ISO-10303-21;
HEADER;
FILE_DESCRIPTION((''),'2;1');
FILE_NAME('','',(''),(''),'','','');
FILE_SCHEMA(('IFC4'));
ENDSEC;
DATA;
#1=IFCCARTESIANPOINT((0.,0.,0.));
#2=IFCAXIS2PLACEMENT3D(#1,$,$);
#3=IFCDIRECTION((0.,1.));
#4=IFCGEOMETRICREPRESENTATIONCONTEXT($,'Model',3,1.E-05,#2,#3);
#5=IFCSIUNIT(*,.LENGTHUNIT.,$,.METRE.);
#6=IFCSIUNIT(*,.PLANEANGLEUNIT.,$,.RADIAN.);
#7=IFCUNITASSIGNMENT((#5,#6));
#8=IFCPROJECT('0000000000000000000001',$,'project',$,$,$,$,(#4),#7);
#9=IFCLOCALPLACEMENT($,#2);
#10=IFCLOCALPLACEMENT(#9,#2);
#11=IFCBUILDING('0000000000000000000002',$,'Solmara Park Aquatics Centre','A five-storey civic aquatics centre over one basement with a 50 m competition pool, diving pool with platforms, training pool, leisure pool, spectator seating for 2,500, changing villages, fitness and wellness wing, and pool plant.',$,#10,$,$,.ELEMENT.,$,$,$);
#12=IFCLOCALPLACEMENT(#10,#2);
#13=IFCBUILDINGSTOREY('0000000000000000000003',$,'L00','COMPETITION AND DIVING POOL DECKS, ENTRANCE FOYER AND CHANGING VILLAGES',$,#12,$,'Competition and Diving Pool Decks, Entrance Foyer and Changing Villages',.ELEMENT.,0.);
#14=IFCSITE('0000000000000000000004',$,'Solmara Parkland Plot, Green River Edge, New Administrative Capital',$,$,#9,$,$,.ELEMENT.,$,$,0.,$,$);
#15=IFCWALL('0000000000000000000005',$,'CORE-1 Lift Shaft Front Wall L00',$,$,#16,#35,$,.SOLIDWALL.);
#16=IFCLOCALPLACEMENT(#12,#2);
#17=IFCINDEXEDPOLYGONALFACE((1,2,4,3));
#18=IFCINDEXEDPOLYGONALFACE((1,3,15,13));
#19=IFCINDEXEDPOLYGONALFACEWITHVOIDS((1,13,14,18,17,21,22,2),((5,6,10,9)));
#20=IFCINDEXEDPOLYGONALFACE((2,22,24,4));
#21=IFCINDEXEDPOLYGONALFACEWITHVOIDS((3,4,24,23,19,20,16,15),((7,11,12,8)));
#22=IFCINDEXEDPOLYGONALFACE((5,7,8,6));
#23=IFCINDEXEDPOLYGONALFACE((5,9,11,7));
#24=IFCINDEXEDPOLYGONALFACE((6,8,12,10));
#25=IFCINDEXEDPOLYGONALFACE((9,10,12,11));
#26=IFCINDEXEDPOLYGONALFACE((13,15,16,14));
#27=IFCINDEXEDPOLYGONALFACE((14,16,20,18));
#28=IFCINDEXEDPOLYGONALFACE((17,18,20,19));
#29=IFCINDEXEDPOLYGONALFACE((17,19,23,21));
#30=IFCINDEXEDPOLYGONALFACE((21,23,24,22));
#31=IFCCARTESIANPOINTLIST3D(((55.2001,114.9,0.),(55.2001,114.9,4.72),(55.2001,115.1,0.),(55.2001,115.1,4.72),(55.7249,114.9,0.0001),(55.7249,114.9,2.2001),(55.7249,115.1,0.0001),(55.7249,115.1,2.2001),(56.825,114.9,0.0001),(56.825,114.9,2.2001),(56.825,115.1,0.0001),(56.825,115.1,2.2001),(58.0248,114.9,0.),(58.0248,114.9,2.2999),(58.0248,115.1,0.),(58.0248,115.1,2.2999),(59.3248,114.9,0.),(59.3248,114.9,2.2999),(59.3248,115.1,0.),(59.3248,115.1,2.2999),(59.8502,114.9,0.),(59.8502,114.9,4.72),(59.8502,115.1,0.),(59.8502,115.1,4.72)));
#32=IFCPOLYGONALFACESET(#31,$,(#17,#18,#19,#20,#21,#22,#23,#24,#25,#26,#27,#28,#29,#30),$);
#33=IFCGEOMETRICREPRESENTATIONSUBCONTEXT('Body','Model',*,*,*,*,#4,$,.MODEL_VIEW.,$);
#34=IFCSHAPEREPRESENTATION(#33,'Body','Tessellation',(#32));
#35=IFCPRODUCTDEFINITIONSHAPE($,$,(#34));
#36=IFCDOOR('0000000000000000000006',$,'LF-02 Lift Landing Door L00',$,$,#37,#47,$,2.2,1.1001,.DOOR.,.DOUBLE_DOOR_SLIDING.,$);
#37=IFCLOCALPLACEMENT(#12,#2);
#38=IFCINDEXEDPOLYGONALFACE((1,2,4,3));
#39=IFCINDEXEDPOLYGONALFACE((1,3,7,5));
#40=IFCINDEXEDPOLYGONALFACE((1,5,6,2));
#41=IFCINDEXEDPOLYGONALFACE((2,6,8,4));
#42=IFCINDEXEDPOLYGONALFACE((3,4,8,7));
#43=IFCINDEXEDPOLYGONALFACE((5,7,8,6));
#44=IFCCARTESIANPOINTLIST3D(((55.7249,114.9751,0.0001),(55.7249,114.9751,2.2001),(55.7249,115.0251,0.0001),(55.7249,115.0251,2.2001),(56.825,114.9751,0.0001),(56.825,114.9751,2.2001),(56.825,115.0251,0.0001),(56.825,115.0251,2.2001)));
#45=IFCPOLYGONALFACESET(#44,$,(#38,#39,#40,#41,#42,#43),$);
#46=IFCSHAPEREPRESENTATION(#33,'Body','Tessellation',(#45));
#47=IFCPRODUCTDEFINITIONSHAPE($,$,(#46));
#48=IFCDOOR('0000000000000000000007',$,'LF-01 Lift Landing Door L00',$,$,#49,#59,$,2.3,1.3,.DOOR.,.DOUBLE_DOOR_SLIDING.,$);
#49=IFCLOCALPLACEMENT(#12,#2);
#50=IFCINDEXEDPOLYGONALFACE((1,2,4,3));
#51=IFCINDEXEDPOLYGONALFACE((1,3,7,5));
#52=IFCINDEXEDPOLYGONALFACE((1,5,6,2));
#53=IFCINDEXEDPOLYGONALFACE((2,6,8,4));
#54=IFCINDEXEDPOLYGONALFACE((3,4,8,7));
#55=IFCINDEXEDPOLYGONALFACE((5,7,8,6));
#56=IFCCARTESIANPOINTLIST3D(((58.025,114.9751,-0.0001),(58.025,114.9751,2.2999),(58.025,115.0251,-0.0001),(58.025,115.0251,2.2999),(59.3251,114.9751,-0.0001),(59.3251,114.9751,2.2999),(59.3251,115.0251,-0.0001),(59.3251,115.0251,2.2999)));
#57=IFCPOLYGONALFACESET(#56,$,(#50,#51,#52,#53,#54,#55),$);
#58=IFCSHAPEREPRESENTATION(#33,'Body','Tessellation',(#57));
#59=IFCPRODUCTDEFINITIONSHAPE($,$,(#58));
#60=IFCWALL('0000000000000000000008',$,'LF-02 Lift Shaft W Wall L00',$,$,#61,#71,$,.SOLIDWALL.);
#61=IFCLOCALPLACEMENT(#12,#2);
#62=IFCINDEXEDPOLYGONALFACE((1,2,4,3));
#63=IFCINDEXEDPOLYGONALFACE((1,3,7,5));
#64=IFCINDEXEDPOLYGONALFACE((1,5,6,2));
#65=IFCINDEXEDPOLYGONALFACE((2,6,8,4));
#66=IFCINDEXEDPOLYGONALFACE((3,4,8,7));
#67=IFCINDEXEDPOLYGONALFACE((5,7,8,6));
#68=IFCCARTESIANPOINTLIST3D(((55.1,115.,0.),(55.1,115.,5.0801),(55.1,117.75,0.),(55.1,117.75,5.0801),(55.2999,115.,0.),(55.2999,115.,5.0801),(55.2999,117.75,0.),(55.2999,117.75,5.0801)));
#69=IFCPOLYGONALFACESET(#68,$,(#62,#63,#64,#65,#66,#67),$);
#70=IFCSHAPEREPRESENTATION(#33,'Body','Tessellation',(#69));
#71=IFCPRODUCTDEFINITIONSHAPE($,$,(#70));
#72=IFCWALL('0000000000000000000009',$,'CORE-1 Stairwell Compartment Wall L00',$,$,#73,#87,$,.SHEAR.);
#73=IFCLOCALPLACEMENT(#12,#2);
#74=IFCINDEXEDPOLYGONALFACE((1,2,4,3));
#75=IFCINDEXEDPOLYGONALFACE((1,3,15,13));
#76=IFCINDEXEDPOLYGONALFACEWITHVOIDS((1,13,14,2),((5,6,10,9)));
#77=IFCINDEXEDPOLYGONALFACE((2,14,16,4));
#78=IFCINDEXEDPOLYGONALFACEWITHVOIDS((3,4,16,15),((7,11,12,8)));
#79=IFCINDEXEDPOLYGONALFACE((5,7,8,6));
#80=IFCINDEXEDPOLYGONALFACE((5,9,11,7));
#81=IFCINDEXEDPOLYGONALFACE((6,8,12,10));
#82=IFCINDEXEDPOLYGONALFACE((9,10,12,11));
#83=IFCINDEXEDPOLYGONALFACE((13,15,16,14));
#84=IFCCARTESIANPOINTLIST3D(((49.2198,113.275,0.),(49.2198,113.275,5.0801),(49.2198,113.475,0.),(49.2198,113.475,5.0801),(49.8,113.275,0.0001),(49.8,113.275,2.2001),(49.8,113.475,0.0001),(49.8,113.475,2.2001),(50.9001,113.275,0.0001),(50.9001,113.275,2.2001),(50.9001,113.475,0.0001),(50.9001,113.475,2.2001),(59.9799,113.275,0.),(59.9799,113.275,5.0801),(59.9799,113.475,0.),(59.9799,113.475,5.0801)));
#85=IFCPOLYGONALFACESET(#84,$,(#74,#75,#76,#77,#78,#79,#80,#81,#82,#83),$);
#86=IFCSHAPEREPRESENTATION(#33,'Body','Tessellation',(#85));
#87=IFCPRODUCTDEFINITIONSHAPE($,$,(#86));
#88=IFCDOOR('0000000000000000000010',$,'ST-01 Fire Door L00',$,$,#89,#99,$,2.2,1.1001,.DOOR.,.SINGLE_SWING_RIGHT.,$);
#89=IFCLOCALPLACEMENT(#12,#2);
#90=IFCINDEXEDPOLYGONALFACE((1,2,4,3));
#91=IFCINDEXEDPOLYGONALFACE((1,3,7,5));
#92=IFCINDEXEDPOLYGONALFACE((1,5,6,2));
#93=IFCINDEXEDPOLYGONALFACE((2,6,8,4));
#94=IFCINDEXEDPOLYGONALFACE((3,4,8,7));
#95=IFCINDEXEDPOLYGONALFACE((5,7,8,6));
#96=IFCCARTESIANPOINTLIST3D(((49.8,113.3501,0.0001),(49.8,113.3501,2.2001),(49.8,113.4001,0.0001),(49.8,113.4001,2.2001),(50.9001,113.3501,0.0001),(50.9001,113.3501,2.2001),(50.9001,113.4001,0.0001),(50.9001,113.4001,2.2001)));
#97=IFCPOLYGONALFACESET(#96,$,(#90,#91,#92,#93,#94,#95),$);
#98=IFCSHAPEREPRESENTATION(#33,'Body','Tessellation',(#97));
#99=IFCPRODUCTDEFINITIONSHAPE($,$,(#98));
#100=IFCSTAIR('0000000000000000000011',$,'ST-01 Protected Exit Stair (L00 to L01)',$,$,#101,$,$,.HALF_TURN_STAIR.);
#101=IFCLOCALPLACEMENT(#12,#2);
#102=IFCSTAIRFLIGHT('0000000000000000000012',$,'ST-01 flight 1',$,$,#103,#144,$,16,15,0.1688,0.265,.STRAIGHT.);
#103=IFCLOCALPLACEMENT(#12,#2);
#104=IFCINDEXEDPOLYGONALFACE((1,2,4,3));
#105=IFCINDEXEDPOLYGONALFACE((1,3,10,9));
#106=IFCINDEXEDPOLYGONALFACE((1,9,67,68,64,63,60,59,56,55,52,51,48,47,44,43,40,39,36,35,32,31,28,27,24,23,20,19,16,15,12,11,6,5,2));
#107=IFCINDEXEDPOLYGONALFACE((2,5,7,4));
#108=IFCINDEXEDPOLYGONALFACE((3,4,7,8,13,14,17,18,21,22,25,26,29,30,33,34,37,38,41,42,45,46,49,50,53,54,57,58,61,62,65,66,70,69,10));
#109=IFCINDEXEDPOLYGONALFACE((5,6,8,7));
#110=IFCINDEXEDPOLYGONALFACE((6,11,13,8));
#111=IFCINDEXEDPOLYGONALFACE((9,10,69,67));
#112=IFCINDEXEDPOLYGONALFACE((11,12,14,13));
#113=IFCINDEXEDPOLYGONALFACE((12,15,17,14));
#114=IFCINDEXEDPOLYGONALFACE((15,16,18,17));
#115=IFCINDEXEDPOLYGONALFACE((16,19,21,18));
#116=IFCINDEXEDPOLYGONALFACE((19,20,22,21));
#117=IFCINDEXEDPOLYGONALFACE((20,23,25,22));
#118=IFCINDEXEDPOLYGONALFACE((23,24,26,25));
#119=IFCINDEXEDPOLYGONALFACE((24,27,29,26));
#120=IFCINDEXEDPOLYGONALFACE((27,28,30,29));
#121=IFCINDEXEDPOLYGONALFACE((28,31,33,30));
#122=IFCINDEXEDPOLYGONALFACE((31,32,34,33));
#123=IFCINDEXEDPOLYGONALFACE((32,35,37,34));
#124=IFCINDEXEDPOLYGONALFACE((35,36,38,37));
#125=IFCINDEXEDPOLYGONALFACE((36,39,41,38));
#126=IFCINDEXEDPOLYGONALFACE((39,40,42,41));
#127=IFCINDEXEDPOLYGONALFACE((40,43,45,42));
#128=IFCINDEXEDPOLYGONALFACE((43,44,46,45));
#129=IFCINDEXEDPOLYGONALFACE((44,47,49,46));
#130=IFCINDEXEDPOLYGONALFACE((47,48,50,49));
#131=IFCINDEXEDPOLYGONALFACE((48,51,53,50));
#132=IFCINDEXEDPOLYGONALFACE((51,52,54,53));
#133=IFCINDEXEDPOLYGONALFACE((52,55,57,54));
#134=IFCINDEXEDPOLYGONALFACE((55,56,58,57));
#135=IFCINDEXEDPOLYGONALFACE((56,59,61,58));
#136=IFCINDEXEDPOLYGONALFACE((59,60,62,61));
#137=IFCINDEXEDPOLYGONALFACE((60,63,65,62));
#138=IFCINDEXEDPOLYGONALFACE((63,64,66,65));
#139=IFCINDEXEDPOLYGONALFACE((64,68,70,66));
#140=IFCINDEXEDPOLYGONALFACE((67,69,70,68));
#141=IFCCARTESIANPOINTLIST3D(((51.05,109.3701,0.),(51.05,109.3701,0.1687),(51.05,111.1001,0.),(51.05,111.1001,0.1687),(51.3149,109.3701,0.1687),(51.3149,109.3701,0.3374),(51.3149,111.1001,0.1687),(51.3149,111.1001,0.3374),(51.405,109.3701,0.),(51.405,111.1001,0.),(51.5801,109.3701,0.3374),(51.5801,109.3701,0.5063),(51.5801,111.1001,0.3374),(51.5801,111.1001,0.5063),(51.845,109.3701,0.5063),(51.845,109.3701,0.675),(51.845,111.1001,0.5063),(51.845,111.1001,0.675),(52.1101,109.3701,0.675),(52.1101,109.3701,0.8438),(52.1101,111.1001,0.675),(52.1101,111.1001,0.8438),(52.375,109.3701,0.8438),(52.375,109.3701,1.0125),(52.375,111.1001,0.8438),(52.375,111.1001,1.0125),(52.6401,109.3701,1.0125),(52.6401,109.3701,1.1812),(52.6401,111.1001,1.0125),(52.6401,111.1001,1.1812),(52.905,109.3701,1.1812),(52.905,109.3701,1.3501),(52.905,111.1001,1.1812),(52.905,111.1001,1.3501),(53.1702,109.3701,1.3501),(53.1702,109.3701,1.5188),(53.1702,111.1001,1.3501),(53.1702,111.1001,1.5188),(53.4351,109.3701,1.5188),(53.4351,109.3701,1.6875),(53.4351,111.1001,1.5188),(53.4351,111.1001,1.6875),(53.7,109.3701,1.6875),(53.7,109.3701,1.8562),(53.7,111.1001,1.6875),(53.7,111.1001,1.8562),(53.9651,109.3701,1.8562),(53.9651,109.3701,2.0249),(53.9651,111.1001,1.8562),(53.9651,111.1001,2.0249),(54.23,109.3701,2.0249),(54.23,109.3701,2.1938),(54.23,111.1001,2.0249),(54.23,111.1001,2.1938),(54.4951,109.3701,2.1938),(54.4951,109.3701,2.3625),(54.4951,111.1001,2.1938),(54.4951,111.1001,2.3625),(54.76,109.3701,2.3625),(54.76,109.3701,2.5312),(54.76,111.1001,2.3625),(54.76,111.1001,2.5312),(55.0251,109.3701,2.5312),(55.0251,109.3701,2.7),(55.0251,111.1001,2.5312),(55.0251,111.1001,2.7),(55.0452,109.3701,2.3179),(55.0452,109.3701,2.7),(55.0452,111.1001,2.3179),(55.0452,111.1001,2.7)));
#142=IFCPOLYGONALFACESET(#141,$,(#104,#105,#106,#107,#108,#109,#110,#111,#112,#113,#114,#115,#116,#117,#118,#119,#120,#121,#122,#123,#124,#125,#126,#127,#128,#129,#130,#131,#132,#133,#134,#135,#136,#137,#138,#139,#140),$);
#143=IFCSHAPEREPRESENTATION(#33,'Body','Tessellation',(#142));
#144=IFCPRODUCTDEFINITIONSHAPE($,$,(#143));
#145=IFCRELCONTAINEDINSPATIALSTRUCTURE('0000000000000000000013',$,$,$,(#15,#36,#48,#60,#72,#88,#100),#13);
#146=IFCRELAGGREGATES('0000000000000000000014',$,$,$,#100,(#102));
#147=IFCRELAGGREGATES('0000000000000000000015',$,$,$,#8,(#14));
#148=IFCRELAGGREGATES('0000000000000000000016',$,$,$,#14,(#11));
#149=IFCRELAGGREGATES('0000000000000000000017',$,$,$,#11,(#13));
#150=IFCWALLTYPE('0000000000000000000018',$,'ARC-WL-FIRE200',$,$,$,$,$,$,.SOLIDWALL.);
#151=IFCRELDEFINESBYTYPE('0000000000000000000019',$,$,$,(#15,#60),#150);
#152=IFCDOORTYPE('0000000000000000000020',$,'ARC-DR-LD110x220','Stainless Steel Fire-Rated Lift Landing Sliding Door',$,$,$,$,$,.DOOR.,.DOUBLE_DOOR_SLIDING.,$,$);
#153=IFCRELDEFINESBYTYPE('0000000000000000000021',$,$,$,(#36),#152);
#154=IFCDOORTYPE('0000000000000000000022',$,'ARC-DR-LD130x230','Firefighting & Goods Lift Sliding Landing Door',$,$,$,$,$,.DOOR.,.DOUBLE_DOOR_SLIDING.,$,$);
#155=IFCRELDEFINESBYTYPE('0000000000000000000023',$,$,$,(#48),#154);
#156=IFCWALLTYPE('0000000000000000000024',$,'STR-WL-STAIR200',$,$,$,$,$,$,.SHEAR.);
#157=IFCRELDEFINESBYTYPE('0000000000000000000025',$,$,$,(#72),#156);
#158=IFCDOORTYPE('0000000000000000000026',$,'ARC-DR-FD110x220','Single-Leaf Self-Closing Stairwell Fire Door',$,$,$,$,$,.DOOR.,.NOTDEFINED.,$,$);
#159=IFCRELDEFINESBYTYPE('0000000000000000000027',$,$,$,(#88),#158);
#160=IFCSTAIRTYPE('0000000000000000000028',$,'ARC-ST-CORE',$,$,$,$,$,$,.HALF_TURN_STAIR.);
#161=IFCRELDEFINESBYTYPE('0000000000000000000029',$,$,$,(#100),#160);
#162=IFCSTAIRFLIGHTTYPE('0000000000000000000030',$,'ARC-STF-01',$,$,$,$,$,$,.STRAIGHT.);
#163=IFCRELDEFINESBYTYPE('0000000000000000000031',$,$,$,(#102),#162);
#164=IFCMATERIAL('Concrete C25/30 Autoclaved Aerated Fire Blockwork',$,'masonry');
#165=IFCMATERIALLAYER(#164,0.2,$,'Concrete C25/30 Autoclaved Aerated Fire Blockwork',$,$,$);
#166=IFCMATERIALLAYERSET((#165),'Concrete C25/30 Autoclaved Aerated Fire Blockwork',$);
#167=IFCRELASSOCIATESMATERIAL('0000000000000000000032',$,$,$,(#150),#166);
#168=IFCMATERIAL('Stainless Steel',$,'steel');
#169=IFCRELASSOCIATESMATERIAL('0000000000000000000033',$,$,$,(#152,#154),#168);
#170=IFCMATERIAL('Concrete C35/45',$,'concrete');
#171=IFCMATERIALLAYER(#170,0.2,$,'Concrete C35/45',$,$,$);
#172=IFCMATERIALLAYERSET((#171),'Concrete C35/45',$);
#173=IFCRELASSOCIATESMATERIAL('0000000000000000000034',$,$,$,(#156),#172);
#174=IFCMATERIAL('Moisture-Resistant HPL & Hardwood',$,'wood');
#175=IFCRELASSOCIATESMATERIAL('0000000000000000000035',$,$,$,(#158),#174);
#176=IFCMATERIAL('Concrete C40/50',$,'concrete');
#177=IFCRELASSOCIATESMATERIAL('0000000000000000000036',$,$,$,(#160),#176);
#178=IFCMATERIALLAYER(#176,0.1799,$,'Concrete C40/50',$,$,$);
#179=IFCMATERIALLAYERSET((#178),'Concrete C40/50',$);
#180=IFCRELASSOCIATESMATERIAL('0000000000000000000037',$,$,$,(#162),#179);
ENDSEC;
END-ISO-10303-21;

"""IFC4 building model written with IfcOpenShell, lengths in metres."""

from ifc_helpers import new_model, si_unit, direction, frame, frame_2d, origin, place, context, subcontext, project, spatial, polyline, rectangle, outline, extrude, material, layer, layer_set, type_object, element, fill, aggregate, save


model = new_model("IFC4")

# Units and contexts
model_context = context("Model", 3, precision=1e-05, world=origin(), true_north=direction((0.0, 1.0)))
body_context = subcontext(model_context, "Body", "Model", "MODEL_VIEW")
ifc_project = project(units=[si_unit("LENGTHUNIT", "METRE"), si_unit("PLANEANGLEUNIT", "RADIAN")], contexts=[model_context])

# Site, building, storey
site_placement = place(None, origin())
site = spatial("IfcSite", under=ifc_project, at=site_placement, Name="Solmara Parkland Plot, Green River Edge, New Administrative Capital", CompositionType="ELEMENT", RefElevation=0.0)
building_placement = place(site_placement, origin())
building = spatial("IfcBuilding", under=site, at=building_placement, Name="Solmara Park Aquatics Centre", Description="A five-storey civic aquatics centre over one basement with a 50 m competition pool, diving pool with platforms, training pool, leisure pool, spectator seating for 2,500, changing villages, fitness and wellness wing, and pool plant.", CompositionType="ELEMENT")
storey_placement = place(building_placement, origin())
storey = spatial("IfcBuildingStorey", under=building, at=storey_placement, Name="L00", Description="COMPETITION AND DIVING POOL DECKS, ENTRANCE FOYER AND CHANGING VILLAGES", LongName="Competition and Diving Pool Decks, Entrance Foyer and Changing Villages", CompositionType="ELEMENT", Elevation=0.0)

# Shared definitions
ifc_material_1 = material(Name="Concrete C40/50", Category="concrete")

# Shared definitions
ifc_material_2 = material(Name="Moisture-Resistant HPL & Hardwood", Category="wood")

# Wall, openings, doors
ifc_material_3 = material(Name="Concrete C25/30 Autoclaved Aerated Fire Blockwork", Category="masonry")
ifc_layer_1 = layer(ifc_material_3, 0.2, Name="Concrete C25/30 Autoclaved Aerated Fire Blockwork")
ifc_layer_set_1 = layer_set([ifc_layer_1], Name="Concrete C25/30 Autoclaved Aerated Fire Blockwork")
wall_type_1 = type_object("IfcWallType", Name="ARC-WL-FIRE200", PredefinedType="SOLIDWALL", material=ifc_layer_set_1)
wall_1_placement = place(storey_placement, frame((55.2, 115.0, 0.0), z_axis=(0.0, 0.0, 1.0), x_axis=(1.0, 0.0, 0.0)))
wall_1 = element("IfcWall", 1, at=wall_1_placement, inside=storey, type_object=wall_type_1, Name="CORE-1 Lift Shaft Front Wall L00", PredefinedType="SOLIDWALL", context=body_context, shape_type="SweptSolid", body=[
    extrude(rectangle(XDim=4.6501, YDim=0.2, at=frame_2d((2.3252, 0.0))), origin(), (0.0, 0.0, 1.0), 4.72),
])
opening_1_placement = place(wall_1_placement, frame((2.825, 0.0, 0.0)))
opening_1 = element("IfcOpeningElement", 2, at=opening_1_placement, cuts=wall_1, PredefinedType="OPENING", context=body_context, shape_type="SweptSolid", body=[
    extrude(rectangle(XDim=1.3, YDim=2.3, at=frame_2d((0.6499, 1.1499))), frame((0.0, 0.1099, 0.0), z_axis=(0.0, -1.0, 0.0), x_axis=(1.0, 0.0, 0.0)), (0.0, 0.0, 1.0), 0.22),
])
opening_2_placement = place(wall_1_placement, frame((0.5249, 0.0, 0.0)))
opening_2 = element("IfcOpeningElement", 3, at=opening_2_placement, cuts=wall_1, PredefinedType="OPENING", context=body_context, shape_type="SweptSolid", body=[
    extrude(rectangle(XDim=1.1001, YDim=2.2, at=frame_2d((0.55, 1.1001))), frame((0.0, 0.1099, 0.0), z_axis=(0.0, -1.0, 0.0), x_axis=(1.0, 0.0, 0.0)), (0.0, 0.0, 1.0), 0.22),
])
ifc_material_4 = material(Name="Stainless Steel", Category="steel")
door_type_1 = type_object("IfcDoorType", Name="ARC-DR-LD110x220", Description="Stainless Steel Fire-Rated Lift Landing Sliding Door", OperationType="DOUBLE_DOOR_SLIDING", PredefinedType="DOOR", material=ifc_material_4)
door_1_placement = place(opening_2_placement, frame((1.1001, 0.0, 0.0), z_axis=(0.0, 0.0, 1.0), x_axis=(-1.0, 0.0, 0.0)))
door_1 = element("IfcDoor", 4, at=door_1_placement, inside=storey, type_object=door_type_1, Name="LF-02 Lift Landing Door L00", OperationType="DOUBLE_DOOR_SLIDING", OverallHeight=2.2, OverallWidth=1.1001, PredefinedType="DOOR", context=body_context, shape_type="SweptSolid", body=[
    extrude(rectangle(XDim=1.1001, YDim=2.2, at=frame_2d((0.55, 1.1001))), frame((0.0, 0.0249, 0.0), z_axis=(0.0, -1.0, 0.0), x_axis=(1.0, 0.0, 0.0)), (0.0, 0.0, 1.0), 0.05),
])
fill(opening_2, door_1)
door_type_2 = type_object("IfcDoorType", Name="ARC-DR-LD130x230", Description="Firefighting & Goods Lift Sliding Landing Door", OperationType="DOUBLE_DOOR_SLIDING", PredefinedType="DOOR", material=ifc_material_4)
door_2_placement = place(opening_1_placement, frame((1.3, 0.0, 0.0), z_axis=(0.0, 0.0, 1.0), x_axis=(-1.0, 0.0, 0.0)))
door_2 = element("IfcDoor", 5, at=door_2_placement, inside=storey, type_object=door_type_2, Name="LF-01 Lift Landing Door L00", OperationType="DOUBLE_DOOR_SLIDING", OverallHeight=2.3, OverallWidth=1.3, PredefinedType="DOOR", context=body_context, shape_type="SweptSolid", body=[
    extrude(rectangle(XDim=1.3, YDim=2.3, at=frame_2d((0.6499, 1.1499))), frame((0.0, 0.0249, 0.0), z_axis=(0.0, -1.0, 0.0), x_axis=(1.0, 0.0, 0.0)), (0.0, 0.0, 1.0), 0.05),
])
fill(opening_1, door_2)

# Wall
wall_2_placement = place(storey_placement, frame((55.2, 115.0, 0.0), z_axis=(0.0, 0.0, 1.0), x_axis=(0.0, 1.0, 0.0)))
element("IfcWall", 6, at=wall_2_placement, inside=storey, type_object=wall_type_1, Name="LF-02 Lift Shaft W Wall L00", PredefinedType="SOLIDWALL", context=body_context, shape_type="SweptSolid", body=[
    extrude(rectangle(XDim=2.75, YDim=0.2, at=frame_2d((1.375, 0.0))), origin(), (0.0, 0.0, 1.0), 5.0801),
])

# Wall, opening, door
ifc_material_5 = material(Name="Concrete C35/45", Category="concrete")
ifc_layer_2 = layer(ifc_material_5, 0.2, Name="Concrete C35/45")
ifc_layer_set_2 = layer_set([ifc_layer_2], Name="Concrete C35/45")
wall_type_2 = type_object("IfcWallType", Name="STR-WL-STAIR200", PredefinedType="SHEAR", material=ifc_layer_set_2)
wall_3_placement = place(storey_placement, frame((49.22, 113.375, 0.0), z_axis=(0.0, 0.0, 1.0), x_axis=(1.0, 0.0, 0.0)))
wall_3 = element("IfcWall", 7, at=wall_3_placement, inside=storey, type_object=wall_type_2, Name="CORE-1 Stairwell Compartment Wall L00", PredefinedType="SHEAR", context=body_context, shape_type="SweptSolid", body=[
    extrude(rectangle(XDim=10.76, YDim=0.2, at=frame_2d((5.3799, 0.0))), origin(), (0.0, 0.0, 1.0), 5.0801),
])
opening_3_placement = place(wall_3_placement, frame((0.5801, 0.0, 0.0)))
opening_3 = element("IfcOpeningElement", 8, at=opening_3_placement, cuts=wall_3, PredefinedType="OPENING", context=body_context, shape_type="SweptSolid", body=[
    extrude(rectangle(XDim=1.1001, YDim=2.2, at=frame_2d((0.55, 1.1001))), frame((0.0, 0.1099, 0.0), z_axis=(0.0, -1.0, 0.0), x_axis=(1.0, 0.0, 0.0)), (0.0, 0.0, 1.0), 0.22),
])
door_type_3 = type_object("IfcDoorType", Name="ARC-DR-FD110x220", Description="Single-Leaf Self-Closing Stairwell Fire Door", OperationType="NOTDEFINED", PredefinedType="DOOR", material=ifc_material_2)
door_3_placement = place(opening_3_placement, frame((1.1001, 0.0, 0.0), z_axis=(0.0, 0.0, 1.0), x_axis=(-1.0, 0.0, 0.0)))
door_3 = element("IfcDoor", 9, at=door_3_placement, inside=storey, type_object=door_type_3, Name="ST-01 Fire Door L00", OperationType="SINGLE_SWING_RIGHT", OverallHeight=2.2, OverallWidth=1.1001, PredefinedType="DOOR", context=body_context, shape_type="SweptSolid", body=[
    extrude(rectangle(XDim=1.1001, YDim=2.2, at=frame_2d((0.55, 1.1001))), frame((0.0, 0.0249, 0.0), z_axis=(0.0, -1.0, 0.0), x_axis=(1.0, 0.0, 0.0)), (0.0, 0.0, 1.0), 0.05),
])
fill(opening_3, door_3)

# Stair, stair flight
stair_type = type_object("IfcStairType", Name="ARC-ST-CORE", PredefinedType="HALF_TURN_STAIR", material=ifc_material_1)
stair_placement = place(storey_placement, origin())
stair = element("IfcStair", 10, at=stair_placement, inside=storey, type_object=stair_type, Name="ST-01 Protected Exit Stair (L00 to L01)", PredefinedType="HALF_TURN_STAIR")
ifc_layer_3 = layer(ifc_material_1, 0.1799, Name="Concrete C40/50")
ifc_layer_set_3 = layer_set([ifc_layer_3], Name="Concrete C40/50")
stair_flight_type = type_object("IfcStairFlightType", Name="ARC-STF-01", PredefinedType="STRAIGHT", material=ifc_layer_set_3)
stair_flight_1_placement = place(storey_placement, frame((51.05, 110.2351, 0.0), z_axis=(0.0, 0.0, 1.0), x_axis=(1.0, 0.0, 0.0)))
stair_flight_1 = element("IfcStairFlight", 11, at=stair_flight_1_placement, type_object=stair_flight_type, Name="ST-01 flight 1", NumberOfRisers=16, NumberOfTreads=15, PredefinedType="STRAIGHT", RiserHeight=0.1688, TreadLength=0.265, context=body_context, shape_type="SweptSolid", body=[
    extrude(outline(polyline([(0.0, 0.0), (0.0, 0.1687), (0.2649, 0.1687), (0.2649, 0.3374), (0.53, 0.3374), (0.53, 0.5063), (0.7949, 0.5063), (0.7949, 0.675), (1.0601, 0.675), (1.0601, 0.8438), (1.325, 0.8438), (1.325, 1.0125), (1.5901, 1.0125), (1.5901, 1.1812), (1.855, 1.1812), (1.855, 1.3501), (2.1201, 1.3501), (2.1201, 1.5188), (2.385, 1.5188), (2.385, 1.6875), (2.6499, 1.6875), (2.6499, 1.8562), (2.915, 1.8562), (2.915, 2.0249), (3.1799, 2.0249), (3.1799, 2.1938), (3.4451, 2.1938), (3.4451, 2.3625), (3.71, 2.3625), (3.71, 2.5312), (3.9751, 2.5312), (3.9751, 2.7), (3.9951, 2.7), (3.9951, 2.3179), (0.355, 0.0), (0.0, 0.0)])), frame((0.0, 0.865, 0.0), z_axis=(0.0, -1.0, 0.0), x_axis=(1.0, 0.0, 0.0)), (0.0, 0.0, 1.0), 1.73),
])
aggregate(stair, [stair_flight_1])

save(model, "model.ifc")
